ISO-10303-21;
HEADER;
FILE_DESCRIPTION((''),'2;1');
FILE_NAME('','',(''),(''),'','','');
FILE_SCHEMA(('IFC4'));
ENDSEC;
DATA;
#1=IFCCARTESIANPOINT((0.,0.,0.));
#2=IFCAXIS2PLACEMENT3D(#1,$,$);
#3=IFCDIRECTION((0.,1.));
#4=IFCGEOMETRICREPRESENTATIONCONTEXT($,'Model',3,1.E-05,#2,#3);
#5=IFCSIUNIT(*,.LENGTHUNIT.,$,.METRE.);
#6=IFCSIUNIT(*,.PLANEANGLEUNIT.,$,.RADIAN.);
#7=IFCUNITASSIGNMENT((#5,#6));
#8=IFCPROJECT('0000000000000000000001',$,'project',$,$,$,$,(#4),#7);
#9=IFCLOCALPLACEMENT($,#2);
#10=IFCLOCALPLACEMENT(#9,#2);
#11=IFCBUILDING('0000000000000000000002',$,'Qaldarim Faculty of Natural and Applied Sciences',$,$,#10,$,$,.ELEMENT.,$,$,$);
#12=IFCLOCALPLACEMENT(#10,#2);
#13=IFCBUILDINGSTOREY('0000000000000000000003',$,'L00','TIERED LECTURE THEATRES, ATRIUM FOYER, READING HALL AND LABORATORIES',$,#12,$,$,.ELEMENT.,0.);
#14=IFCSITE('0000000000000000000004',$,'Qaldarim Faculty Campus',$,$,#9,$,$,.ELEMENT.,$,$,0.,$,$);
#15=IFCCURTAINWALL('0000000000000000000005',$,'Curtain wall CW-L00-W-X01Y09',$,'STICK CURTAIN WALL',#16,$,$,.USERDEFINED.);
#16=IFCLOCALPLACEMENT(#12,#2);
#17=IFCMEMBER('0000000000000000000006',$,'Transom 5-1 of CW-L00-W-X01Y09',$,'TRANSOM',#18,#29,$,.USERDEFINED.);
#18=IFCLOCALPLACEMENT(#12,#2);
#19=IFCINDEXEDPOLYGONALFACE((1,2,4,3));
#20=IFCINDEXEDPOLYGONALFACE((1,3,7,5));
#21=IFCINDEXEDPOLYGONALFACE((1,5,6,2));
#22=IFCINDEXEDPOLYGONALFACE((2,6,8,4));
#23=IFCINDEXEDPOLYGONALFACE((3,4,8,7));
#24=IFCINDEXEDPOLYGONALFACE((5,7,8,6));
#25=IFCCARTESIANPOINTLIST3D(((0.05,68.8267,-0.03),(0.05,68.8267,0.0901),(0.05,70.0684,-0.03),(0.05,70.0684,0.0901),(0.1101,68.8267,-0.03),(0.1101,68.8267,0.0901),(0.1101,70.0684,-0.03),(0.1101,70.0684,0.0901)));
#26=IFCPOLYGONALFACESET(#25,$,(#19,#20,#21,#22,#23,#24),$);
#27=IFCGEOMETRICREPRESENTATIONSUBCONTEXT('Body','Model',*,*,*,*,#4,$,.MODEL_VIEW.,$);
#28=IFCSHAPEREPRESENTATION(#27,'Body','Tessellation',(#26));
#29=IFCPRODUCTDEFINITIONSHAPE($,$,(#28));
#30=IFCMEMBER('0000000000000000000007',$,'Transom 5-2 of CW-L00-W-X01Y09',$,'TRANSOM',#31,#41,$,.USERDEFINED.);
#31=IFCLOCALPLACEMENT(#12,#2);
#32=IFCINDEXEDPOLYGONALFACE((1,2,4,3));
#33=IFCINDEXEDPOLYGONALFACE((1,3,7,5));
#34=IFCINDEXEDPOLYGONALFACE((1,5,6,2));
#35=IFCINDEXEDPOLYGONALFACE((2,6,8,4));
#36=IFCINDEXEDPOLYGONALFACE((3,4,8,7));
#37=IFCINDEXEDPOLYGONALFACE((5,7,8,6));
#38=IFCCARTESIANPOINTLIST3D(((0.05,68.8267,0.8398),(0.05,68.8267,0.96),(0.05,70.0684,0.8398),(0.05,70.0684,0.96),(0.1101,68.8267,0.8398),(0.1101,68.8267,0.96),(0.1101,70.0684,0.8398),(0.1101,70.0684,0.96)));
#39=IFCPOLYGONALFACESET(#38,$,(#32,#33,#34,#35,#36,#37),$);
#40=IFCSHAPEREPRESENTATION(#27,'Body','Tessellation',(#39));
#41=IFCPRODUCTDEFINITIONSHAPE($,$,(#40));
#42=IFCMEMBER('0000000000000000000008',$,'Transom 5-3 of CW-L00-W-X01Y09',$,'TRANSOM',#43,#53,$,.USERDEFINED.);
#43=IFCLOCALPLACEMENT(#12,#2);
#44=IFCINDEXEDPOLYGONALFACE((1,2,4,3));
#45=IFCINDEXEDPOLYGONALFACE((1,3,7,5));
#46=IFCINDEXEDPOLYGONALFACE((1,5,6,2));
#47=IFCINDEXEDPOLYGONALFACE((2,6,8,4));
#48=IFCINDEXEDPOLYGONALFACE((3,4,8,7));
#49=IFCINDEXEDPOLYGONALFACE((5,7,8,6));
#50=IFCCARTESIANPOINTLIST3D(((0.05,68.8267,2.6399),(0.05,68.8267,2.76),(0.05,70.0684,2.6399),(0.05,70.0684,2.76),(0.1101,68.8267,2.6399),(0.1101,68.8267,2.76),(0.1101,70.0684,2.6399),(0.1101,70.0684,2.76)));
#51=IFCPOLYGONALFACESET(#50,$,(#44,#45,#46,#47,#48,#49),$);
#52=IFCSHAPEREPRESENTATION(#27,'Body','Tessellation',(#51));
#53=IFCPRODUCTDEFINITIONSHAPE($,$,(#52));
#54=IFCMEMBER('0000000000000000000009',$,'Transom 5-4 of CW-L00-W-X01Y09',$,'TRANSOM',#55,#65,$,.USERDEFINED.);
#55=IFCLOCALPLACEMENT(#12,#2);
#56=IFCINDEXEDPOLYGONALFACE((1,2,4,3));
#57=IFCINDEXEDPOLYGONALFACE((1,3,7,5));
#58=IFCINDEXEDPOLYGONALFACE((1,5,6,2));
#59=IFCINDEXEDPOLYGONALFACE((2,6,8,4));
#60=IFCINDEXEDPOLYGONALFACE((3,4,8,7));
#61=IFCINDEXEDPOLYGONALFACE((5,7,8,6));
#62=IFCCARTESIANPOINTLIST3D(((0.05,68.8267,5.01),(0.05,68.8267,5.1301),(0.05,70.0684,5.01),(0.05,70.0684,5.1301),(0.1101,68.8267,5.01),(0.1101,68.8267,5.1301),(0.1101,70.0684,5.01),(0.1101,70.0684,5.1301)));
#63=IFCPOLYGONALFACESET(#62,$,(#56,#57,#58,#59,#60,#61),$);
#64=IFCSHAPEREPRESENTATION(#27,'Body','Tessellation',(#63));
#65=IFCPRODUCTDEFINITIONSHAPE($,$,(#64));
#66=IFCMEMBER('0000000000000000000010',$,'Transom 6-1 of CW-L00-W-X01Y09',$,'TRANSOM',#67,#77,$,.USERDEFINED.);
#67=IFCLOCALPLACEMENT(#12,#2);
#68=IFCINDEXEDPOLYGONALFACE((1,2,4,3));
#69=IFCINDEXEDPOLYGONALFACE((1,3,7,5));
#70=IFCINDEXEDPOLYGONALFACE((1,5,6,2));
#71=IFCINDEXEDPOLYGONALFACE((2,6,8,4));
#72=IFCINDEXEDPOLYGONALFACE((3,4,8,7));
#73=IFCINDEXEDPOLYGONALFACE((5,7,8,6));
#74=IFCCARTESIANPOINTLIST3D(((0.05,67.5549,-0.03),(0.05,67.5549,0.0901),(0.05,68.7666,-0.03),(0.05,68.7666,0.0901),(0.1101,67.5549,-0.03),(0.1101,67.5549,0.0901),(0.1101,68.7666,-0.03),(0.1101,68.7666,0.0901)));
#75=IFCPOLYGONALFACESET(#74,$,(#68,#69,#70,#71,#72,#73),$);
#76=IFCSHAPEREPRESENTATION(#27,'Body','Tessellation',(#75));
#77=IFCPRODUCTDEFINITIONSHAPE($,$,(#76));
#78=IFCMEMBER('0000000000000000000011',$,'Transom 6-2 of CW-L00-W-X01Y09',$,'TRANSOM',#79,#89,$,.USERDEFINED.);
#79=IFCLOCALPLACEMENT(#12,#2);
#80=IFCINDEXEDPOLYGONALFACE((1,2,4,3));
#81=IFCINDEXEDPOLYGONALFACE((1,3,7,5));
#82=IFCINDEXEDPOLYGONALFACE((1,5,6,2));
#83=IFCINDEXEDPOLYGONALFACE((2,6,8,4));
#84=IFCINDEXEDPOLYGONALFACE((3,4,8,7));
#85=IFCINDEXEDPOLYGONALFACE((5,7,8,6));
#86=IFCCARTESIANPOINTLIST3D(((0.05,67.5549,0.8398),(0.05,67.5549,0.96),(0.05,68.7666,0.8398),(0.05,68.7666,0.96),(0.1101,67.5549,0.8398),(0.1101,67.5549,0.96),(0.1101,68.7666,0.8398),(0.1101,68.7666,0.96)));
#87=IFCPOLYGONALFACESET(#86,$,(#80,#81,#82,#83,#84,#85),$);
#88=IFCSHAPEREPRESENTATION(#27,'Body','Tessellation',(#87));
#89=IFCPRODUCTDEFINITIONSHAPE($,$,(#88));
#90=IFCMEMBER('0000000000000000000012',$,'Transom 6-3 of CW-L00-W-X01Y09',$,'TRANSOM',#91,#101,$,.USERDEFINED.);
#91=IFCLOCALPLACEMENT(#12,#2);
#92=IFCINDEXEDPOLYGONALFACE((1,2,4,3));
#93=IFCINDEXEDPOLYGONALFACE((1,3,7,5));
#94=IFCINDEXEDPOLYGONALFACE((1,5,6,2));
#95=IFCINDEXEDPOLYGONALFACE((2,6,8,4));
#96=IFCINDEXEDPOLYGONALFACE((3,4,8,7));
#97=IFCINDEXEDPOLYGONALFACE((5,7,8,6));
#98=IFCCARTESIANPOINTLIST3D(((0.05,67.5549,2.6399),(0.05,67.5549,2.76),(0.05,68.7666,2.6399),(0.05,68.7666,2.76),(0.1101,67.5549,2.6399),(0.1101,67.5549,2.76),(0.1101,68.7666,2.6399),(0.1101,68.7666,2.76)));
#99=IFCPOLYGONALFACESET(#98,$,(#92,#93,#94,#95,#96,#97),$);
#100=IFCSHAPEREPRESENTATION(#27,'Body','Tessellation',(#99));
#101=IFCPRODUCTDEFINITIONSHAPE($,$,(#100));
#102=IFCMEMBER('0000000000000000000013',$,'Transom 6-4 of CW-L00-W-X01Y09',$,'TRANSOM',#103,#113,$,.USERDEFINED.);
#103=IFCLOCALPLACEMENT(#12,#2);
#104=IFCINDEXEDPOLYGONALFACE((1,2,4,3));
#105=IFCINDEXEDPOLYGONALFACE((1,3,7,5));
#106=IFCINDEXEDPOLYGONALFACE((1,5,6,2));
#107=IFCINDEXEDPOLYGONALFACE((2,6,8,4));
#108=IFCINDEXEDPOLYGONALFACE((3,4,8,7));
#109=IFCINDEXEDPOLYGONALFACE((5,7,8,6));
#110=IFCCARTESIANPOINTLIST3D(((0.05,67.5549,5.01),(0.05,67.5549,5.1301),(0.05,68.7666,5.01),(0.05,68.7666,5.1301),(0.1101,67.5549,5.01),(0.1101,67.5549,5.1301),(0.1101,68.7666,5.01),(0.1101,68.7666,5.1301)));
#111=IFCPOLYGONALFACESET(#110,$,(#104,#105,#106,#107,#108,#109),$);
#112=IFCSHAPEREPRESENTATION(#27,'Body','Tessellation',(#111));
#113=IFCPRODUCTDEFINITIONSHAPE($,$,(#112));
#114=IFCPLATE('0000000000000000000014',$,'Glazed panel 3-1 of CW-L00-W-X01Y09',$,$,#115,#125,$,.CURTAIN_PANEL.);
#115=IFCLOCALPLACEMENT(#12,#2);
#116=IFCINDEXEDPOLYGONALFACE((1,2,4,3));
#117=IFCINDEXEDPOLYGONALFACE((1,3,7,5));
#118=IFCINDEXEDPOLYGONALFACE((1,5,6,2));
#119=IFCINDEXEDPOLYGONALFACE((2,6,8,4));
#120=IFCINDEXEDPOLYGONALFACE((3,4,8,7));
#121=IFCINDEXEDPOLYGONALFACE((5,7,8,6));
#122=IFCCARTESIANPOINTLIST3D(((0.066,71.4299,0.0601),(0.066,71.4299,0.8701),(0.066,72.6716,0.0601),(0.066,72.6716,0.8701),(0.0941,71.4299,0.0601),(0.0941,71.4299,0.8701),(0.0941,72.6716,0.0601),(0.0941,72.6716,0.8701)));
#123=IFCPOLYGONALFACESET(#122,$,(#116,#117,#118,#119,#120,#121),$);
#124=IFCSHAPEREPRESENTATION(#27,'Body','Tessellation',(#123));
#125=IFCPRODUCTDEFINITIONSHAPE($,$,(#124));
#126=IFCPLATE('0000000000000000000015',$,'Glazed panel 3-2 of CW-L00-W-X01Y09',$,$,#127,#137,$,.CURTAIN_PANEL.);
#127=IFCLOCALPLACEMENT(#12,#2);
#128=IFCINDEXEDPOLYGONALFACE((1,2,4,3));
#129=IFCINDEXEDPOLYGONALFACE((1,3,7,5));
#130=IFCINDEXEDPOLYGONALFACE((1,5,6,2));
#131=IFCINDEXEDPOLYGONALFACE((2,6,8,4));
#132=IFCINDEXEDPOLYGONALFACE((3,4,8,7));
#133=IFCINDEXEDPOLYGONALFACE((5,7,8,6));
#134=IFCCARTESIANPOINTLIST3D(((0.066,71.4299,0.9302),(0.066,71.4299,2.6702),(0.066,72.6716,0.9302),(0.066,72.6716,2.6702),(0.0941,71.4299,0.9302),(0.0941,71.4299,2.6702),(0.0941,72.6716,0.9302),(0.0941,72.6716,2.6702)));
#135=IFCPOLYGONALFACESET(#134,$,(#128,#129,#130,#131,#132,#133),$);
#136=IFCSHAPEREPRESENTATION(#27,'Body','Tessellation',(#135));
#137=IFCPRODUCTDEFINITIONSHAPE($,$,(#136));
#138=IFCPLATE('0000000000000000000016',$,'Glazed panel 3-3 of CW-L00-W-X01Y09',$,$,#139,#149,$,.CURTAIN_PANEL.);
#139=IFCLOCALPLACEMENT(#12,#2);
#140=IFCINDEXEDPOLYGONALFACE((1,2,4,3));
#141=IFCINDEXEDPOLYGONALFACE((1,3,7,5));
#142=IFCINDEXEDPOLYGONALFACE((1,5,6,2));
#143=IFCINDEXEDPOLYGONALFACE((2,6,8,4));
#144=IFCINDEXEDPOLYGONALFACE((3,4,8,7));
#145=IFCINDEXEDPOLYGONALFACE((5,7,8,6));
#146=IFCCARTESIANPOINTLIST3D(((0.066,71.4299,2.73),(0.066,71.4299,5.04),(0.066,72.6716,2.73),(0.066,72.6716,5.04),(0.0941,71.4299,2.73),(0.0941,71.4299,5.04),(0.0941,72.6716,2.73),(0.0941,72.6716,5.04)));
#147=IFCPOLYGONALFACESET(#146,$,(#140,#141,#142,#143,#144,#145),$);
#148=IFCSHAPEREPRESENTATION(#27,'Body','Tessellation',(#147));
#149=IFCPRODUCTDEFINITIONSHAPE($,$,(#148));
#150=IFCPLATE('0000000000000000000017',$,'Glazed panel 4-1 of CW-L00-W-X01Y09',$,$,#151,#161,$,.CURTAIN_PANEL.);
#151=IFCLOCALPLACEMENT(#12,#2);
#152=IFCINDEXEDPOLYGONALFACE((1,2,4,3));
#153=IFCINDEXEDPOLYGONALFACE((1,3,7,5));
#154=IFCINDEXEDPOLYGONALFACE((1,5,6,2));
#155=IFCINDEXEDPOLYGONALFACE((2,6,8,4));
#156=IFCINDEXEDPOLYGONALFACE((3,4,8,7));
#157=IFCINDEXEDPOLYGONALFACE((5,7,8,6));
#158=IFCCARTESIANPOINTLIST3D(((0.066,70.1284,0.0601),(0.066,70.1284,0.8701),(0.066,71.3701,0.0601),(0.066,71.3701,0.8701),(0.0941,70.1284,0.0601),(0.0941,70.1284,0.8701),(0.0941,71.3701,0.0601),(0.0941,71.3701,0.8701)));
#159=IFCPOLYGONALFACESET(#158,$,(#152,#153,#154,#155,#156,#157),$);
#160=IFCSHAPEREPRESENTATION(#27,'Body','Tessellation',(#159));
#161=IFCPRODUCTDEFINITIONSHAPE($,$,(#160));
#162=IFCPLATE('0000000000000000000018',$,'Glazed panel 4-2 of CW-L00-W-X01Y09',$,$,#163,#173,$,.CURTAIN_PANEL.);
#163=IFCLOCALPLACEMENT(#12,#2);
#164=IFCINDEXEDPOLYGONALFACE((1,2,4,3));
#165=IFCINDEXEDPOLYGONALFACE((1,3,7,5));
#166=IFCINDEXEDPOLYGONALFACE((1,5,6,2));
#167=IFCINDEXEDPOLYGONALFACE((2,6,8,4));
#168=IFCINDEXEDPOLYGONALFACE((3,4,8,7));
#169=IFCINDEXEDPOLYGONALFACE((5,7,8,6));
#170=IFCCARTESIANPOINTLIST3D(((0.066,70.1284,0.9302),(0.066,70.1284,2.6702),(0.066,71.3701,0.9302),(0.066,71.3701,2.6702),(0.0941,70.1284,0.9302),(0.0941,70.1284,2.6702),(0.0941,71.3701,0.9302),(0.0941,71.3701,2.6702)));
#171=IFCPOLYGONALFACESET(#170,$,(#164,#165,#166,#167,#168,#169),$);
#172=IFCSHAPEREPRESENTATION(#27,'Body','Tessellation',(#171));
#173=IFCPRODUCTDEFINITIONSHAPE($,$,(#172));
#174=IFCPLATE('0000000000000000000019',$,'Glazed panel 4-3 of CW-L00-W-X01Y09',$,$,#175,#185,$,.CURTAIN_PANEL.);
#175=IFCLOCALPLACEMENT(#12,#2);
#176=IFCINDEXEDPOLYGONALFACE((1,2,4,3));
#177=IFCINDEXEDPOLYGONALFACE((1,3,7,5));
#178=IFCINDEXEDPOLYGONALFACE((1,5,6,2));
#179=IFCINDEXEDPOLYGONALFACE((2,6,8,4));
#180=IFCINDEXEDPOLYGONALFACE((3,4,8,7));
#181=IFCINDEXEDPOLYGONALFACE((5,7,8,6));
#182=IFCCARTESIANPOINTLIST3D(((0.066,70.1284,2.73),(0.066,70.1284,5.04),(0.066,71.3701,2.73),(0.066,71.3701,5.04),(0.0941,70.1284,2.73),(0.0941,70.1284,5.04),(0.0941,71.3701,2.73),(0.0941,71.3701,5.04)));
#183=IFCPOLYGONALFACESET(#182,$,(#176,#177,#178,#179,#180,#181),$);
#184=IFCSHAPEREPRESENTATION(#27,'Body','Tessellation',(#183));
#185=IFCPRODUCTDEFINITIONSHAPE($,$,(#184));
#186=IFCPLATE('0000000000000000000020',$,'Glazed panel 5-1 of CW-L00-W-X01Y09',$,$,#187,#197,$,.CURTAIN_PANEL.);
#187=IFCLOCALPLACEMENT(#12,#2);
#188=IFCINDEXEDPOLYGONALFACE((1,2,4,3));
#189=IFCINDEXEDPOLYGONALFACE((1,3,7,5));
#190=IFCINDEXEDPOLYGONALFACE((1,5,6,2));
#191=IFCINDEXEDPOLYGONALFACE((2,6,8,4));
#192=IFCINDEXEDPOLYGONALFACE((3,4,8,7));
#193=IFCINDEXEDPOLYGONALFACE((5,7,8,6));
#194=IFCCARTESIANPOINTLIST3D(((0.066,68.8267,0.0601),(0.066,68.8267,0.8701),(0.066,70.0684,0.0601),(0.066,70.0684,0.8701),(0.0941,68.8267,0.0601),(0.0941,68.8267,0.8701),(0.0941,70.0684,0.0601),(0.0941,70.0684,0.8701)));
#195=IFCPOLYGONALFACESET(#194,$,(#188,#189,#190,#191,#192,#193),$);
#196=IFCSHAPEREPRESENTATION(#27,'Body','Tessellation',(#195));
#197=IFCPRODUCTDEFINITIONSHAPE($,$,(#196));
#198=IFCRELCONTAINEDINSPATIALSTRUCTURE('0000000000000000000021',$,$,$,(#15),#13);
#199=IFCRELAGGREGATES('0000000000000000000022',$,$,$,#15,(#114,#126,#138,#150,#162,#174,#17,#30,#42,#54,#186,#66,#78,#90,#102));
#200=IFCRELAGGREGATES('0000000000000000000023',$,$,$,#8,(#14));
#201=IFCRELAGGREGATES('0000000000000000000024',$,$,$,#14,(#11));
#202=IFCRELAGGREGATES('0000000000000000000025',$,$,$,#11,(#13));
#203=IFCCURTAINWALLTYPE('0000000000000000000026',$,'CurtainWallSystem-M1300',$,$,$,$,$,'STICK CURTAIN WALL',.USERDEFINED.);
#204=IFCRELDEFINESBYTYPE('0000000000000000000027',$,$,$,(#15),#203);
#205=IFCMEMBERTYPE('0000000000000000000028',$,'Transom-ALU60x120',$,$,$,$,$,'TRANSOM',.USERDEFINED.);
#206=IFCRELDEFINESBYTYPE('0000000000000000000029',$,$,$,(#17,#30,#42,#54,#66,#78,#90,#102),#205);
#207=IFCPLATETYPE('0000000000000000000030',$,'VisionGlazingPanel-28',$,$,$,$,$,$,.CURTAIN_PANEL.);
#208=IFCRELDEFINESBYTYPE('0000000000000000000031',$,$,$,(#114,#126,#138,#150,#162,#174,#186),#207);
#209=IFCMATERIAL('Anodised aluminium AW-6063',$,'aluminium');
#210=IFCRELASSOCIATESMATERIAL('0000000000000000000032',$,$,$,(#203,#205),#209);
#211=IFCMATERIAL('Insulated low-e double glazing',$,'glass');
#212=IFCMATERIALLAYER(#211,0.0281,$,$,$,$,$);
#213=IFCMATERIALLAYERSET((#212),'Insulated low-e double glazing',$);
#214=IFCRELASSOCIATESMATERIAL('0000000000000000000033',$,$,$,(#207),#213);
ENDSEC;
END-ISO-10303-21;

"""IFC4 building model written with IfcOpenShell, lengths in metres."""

from ifc_helpers import new_model, si_unit, direction, frame, origin, origin_2d, place, context, subcontext, project, spatial, rectangle, extrude, material, layer, layer_set, material_profile, profile_set, type_object, element, aggregate, save


model = new_model("IFC4")

# Units and contexts
model_context = context("Model", 3, precision=1e-05, world=origin(), true_north=direction((0.0, 1.0)))
body_context = subcontext(model_context, "Body", "Model", "MODEL_VIEW")
ifc_project = project(units=[si_unit("LENGTHUNIT", "METRE"), si_unit("PLANEANGLEUNIT", "RADIAN")], contexts=[model_context])

# Site, building, storey
site_placement = place(None, origin())
site = spatial("IfcSite", under=ifc_project, at=site_placement, Name="Qaldarim Faculty Campus", CompositionType="ELEMENT", RefElevation=0.0)
building_placement = place(site_placement, origin())
building = spatial("IfcBuilding", under=site, at=building_placement, Name="Qaldarim Faculty of Natural and Applied Sciences", CompositionType="ELEMENT")
storey_placement = place(building_placement, origin())
storey = spatial("IfcBuildingStorey", under=building, at=storey_placement, Name="L00", Description="TIERED LECTURE THEATRES, ATRIUM FOYER, READING HALL AND LABORATORIES", CompositionType="ELEMENT", Elevation=0.0)

# Curtain wall
ifc_material_1 = material(Name="Anodised aluminium AW-6063", Category="aluminium")
curtain_wall_type = type_object("IfcCurtainWallType", Name="CurtainWallSystem-M1300", ElementType="STICK CURTAIN WALL", PredefinedType="USERDEFINED", material=ifc_material_1)
curtain_wall_placement = place(storey_placement, origin())
curtain_wall = element("IfcCurtainWall", 1, at=curtain_wall_placement, inside=storey, type_object=curtain_wall_type, Name="Curtain wall CW-L00-W-X01Y09", ObjectType="STICK CURTAIN WALL", PredefinedType="USERDEFINED")

# Members
ifc_material_profile_1 = material_profile(ifc_material_1, rectangle(XDim=0.0601, YDim=0.1201, at=origin_2d()), Name="ALU-T60x120")
ifc_profile_set_1 = profile_set([ifc_material_profile_1], Name="Anodised aluminium AW-6063")
member_type_1 = type_object("IfcMemberType", Name="Transom-ALU60x120", ElementType="TRANSOM", PredefinedType="USERDEFINED", material=ifc_profile_set_1)
member_1_placement = place(storey_placement, frame((0.0801, 70.0684, 0.03), z_axis=(0.0, -1.0, 0.0), x_axis=(1.0, 0.0, 0.0)))
member_1 = element("IfcMember", 2, at=member_1_placement, type_object=member_type_1, Name="Transom 5-1 of CW-L00-W-X01Y09", ObjectType="TRANSOM", PredefinedType="USERDEFINED", context=body_context, shape_type="SweptSolid", body=[
    extrude(rectangle(XDim=0.0601, YDim=0.1201, at=origin_2d()), origin(), (0.0, 0.0, 1.0), 1.2417),
])
member_2_placement = place(storey_placement, frame((0.0801, 70.0684, 0.8999), z_axis=(0.0, -1.0, 0.0), x_axis=(1.0, 0.0, 0.0)))
member_2 = element("IfcMember", 3, at=member_2_placement, type_object=member_type_1, Name="Transom 5-2 of CW-L00-W-X01Y09", ObjectType="TRANSOM", PredefinedType="USERDEFINED", context=body_context, shape_type="SweptSolid", body=[
    extrude(rectangle(XDim=0.0601, YDim=0.1201, at=origin_2d()), origin(), (0.0, 0.0, 1.0), 1.2417),
])
member_3_placement = place(storey_placement, frame((0.0801, 70.0684, 2.7), z_axis=(0.0, -1.0, 0.0), x_axis=(1.0, 0.0, 0.0)))
member_3 = element("IfcMember", 4, at=member_3_placement, type_object=member_type_1, Name="Transom 5-3 of CW-L00-W-X01Y09", ObjectType="TRANSOM", PredefinedType="USERDEFINED", context=body_context, shape_type="SweptSolid", body=[
    extrude(rectangle(XDim=0.0601, YDim=0.1201, at=origin_2d()), origin(), (0.0, 0.0, 1.0), 1.2417),
])
member_4_placement = place(storey_placement, frame((0.0801, 70.0684, 5.0701), z_axis=(0.0, -1.0, 0.0), x_axis=(1.0, 0.0, 0.0)))
member_4 = element("IfcMember", 5, at=member_4_placement, type_object=member_type_1, Name="Transom 5-4 of CW-L00-W-X01Y09", ObjectType="TRANSOM", PredefinedType="USERDEFINED", context=body_context, shape_type="SweptSolid", body=[
    extrude(rectangle(XDim=0.0601, YDim=0.1201, at=origin_2d()), origin(), (0.0, 0.0, 1.0), 1.2417),
])
member_5_placement = place(storey_placement, frame((0.0801, 68.7666, 0.03), z_axis=(0.0, -1.0, 0.0), x_axis=(1.0, 0.0, 0.0)))
member_5 = element("IfcMember", 6, at=member_5_placement, type_object=member_type_1, Name="Transom 6-1 of CW-L00-W-X01Y09", ObjectType="TRANSOM", PredefinedType="USERDEFINED", context=body_context, shape_type="SweptSolid", body=[
    extrude(rectangle(XDim=0.0601, YDim=0.1201, at=origin_2d()), origin(), (0.0, 0.0, 1.0), 1.2117),
])
member_6_placement = place(storey_placement, frame((0.0801, 68.7666, 0.8999), z_axis=(0.0, -1.0, 0.0), x_axis=(1.0, 0.0, 0.0)))
member_6 = element("IfcMember", 7, at=member_6_placement, type_object=member_type_1, Name="Transom 6-2 of CW-L00-W-X01Y09", ObjectType="TRANSOM", PredefinedType="USERDEFINED", context=body_context, shape_type="SweptSolid", body=[
    extrude(rectangle(XDim=0.0601, YDim=0.1201, at=origin_2d()), origin(), (0.0, 0.0, 1.0), 1.2117),
])
member_7_placement = place(storey_placement, frame((0.0801, 68.7666, 2.7), z_axis=(0.0, -1.0, 0.0), x_axis=(1.0, 0.0, 0.0)))
member_7 = element("IfcMember", 8, at=member_7_placement, type_object=member_type_1, Name="Transom 6-3 of CW-L00-W-X01Y09", ObjectType="TRANSOM", PredefinedType="USERDEFINED", context=body_context, shape_type="SweptSolid", body=[
    extrude(rectangle(XDim=0.0601, YDim=0.1201, at=origin_2d()), origin(), (0.0, 0.0, 1.0), 1.2117),
])
member_8_placement = place(storey_placement, frame((0.0801, 68.7666, 5.0701), z_axis=(0.0, -1.0, 0.0), x_axis=(1.0, 0.0, 0.0)))
member_8 = element("IfcMember", 9, at=member_8_placement, type_object=member_type_1, Name="Transom 6-4 of CW-L00-W-X01Y09", ObjectType="TRANSOM", PredefinedType="USERDEFINED", context=body_context, shape_type="SweptSolid", body=[
    extrude(rectangle(XDim=0.0601, YDim=0.1201, at=origin_2d()), origin(), (0.0, 0.0, 1.0), 1.2117),
])

# Plates
ifc_material_2 = material(Name="Insulated low-e double glazing", Category="glass")
ifc_layer_1 = layer(ifc_material_2, 0.0281)
ifc_layer_set_1 = layer_set([ifc_layer_1], Name="Insulated low-e double glazing")
plate_type = type_object("IfcPlateType", Name="VisionGlazingPanel-28", PredefinedType="CURTAIN_PANEL", material=ifc_layer_set_1)
plate_1_placement = place(storey_placement, frame((0.0801, 72.0508, 0.0601), z_axis=(0.0, 0.0, 1.0), x_axis=(0.0, -1.0, 0.0)))
plate_1 = element("IfcPlate", 10, at=plate_1_placement, type_object=plate_type, Name="Glazed panel 3-1 of CW-L00-W-X01Y09", PredefinedType="CURTAIN_PANEL", context=body_context, shape_type="SweptSolid", body=[
    extrude(rectangle(XDim=1.2417, YDim=0.0281, at=origin_2d()), origin(), (0.0, 0.0, 1.0), 0.8101),
])
plate_2_placement = place(storey_placement, frame((0.0801, 72.0508, 0.9302), z_axis=(0.0, 0.0, 1.0), x_axis=(0.0, -1.0, 0.0)))
plate_2 = element("IfcPlate", 11, at=plate_2_placement, type_object=plate_type, Name="Glazed panel 3-2 of CW-L00-W-X01Y09", PredefinedType="CURTAIN_PANEL", context=body_context, shape_type="SweptSolid", body=[
    extrude(rectangle(XDim=1.2417, YDim=0.0281, at=origin_2d()), origin(), (0.0, 0.0, 1.0), 1.74),
])
plate_3_placement = place(storey_placement, frame((0.0801, 72.0508, 2.73), z_axis=(0.0, 0.0, 1.0), x_axis=(0.0, -1.0, 0.0)))
plate_3 = element("IfcPlate", 12, at=plate_3_placement, type_object=plate_type, Name="Glazed panel 3-3 of CW-L00-W-X01Y09", PredefinedType="CURTAIN_PANEL", context=body_context, shape_type="SweptSolid", body=[
    extrude(rectangle(XDim=1.2417, YDim=0.0281, at=origin_2d()), origin(), (0.0, 0.0, 1.0), 2.3101),
])
plate_4_placement = place(storey_placement, frame((0.0801, 70.7493, 0.0601), z_axis=(0.0, 0.0, 1.0), x_axis=(0.0, -1.0, 0.0)))
plate_4 = element("IfcPlate", 13, at=plate_4_placement, type_object=plate_type, Name="Glazed panel 4-1 of CW-L00-W-X01Y09", PredefinedType="CURTAIN_PANEL", context=body_context, shape_type="SweptSolid", body=[
    extrude(rectangle(XDim=1.2417, YDim=0.0281, at=origin_2d()), origin(), (0.0, 0.0, 1.0), 0.8101),
])
plate_5_placement = place(storey_placement, frame((0.0801, 70.7493, 0.9302), z_axis=(0.0, 0.0, 1.0), x_axis=(0.0, -1.0, 0.0)))
plate_5 = element("IfcPlate", 14, at=plate_5_placement, type_object=plate_type, Name="Glazed panel 4-2 of CW-L00-W-X01Y09", PredefinedType="CURTAIN_PANEL", context=body_context, shape_type="SweptSolid", body=[
    extrude(rectangle(XDim=1.2417, YDim=0.0281, at=origin_2d()), origin(), (0.0, 0.0, 1.0), 1.74),
])
plate_6_placement = place(storey_placement, frame((0.0801, 70.7493, 2.73), z_axis=(0.0, 0.0, 1.0), x_axis=(0.0, -1.0, 0.0)))
plate_6 = element("IfcPlate", 15, at=plate_6_placement, type_object=plate_type, Name="Glazed panel 4-3 of CW-L00-W-X01Y09", PredefinedType="CURTAIN_PANEL", context=body_context, shape_type="SweptSolid", body=[
    extrude(rectangle(XDim=1.2417, YDim=0.0281, at=origin_2d()), origin(), (0.0, 0.0, 1.0), 2.3101),
])
plate_7_placement = place(storey_placement, frame((0.0801, 69.4475, 0.0601), z_axis=(0.0, 0.0, 1.0), x_axis=(0.0, -1.0, 0.0)))
plate_7 = element("IfcPlate", 16, at=plate_7_placement, type_object=plate_type, Name="Glazed panel 5-1 of CW-L00-W-X01Y09", PredefinedType="CURTAIN_PANEL", context=body_context, shape_type="SweptSolid", body=[
    extrude(rectangle(XDim=1.2417, YDim=0.0281, at=origin_2d()), origin(), (0.0, 0.0, 1.0), 0.8101),
])
aggregate(curtain_wall, [plate_1, plate_2, plate_3, plate_4, plate_5, plate_6, member_1, member_2, member_3, member_4, plate_7, member_5, member_6, member_7, member_8])

save(model, "model.ifc")
